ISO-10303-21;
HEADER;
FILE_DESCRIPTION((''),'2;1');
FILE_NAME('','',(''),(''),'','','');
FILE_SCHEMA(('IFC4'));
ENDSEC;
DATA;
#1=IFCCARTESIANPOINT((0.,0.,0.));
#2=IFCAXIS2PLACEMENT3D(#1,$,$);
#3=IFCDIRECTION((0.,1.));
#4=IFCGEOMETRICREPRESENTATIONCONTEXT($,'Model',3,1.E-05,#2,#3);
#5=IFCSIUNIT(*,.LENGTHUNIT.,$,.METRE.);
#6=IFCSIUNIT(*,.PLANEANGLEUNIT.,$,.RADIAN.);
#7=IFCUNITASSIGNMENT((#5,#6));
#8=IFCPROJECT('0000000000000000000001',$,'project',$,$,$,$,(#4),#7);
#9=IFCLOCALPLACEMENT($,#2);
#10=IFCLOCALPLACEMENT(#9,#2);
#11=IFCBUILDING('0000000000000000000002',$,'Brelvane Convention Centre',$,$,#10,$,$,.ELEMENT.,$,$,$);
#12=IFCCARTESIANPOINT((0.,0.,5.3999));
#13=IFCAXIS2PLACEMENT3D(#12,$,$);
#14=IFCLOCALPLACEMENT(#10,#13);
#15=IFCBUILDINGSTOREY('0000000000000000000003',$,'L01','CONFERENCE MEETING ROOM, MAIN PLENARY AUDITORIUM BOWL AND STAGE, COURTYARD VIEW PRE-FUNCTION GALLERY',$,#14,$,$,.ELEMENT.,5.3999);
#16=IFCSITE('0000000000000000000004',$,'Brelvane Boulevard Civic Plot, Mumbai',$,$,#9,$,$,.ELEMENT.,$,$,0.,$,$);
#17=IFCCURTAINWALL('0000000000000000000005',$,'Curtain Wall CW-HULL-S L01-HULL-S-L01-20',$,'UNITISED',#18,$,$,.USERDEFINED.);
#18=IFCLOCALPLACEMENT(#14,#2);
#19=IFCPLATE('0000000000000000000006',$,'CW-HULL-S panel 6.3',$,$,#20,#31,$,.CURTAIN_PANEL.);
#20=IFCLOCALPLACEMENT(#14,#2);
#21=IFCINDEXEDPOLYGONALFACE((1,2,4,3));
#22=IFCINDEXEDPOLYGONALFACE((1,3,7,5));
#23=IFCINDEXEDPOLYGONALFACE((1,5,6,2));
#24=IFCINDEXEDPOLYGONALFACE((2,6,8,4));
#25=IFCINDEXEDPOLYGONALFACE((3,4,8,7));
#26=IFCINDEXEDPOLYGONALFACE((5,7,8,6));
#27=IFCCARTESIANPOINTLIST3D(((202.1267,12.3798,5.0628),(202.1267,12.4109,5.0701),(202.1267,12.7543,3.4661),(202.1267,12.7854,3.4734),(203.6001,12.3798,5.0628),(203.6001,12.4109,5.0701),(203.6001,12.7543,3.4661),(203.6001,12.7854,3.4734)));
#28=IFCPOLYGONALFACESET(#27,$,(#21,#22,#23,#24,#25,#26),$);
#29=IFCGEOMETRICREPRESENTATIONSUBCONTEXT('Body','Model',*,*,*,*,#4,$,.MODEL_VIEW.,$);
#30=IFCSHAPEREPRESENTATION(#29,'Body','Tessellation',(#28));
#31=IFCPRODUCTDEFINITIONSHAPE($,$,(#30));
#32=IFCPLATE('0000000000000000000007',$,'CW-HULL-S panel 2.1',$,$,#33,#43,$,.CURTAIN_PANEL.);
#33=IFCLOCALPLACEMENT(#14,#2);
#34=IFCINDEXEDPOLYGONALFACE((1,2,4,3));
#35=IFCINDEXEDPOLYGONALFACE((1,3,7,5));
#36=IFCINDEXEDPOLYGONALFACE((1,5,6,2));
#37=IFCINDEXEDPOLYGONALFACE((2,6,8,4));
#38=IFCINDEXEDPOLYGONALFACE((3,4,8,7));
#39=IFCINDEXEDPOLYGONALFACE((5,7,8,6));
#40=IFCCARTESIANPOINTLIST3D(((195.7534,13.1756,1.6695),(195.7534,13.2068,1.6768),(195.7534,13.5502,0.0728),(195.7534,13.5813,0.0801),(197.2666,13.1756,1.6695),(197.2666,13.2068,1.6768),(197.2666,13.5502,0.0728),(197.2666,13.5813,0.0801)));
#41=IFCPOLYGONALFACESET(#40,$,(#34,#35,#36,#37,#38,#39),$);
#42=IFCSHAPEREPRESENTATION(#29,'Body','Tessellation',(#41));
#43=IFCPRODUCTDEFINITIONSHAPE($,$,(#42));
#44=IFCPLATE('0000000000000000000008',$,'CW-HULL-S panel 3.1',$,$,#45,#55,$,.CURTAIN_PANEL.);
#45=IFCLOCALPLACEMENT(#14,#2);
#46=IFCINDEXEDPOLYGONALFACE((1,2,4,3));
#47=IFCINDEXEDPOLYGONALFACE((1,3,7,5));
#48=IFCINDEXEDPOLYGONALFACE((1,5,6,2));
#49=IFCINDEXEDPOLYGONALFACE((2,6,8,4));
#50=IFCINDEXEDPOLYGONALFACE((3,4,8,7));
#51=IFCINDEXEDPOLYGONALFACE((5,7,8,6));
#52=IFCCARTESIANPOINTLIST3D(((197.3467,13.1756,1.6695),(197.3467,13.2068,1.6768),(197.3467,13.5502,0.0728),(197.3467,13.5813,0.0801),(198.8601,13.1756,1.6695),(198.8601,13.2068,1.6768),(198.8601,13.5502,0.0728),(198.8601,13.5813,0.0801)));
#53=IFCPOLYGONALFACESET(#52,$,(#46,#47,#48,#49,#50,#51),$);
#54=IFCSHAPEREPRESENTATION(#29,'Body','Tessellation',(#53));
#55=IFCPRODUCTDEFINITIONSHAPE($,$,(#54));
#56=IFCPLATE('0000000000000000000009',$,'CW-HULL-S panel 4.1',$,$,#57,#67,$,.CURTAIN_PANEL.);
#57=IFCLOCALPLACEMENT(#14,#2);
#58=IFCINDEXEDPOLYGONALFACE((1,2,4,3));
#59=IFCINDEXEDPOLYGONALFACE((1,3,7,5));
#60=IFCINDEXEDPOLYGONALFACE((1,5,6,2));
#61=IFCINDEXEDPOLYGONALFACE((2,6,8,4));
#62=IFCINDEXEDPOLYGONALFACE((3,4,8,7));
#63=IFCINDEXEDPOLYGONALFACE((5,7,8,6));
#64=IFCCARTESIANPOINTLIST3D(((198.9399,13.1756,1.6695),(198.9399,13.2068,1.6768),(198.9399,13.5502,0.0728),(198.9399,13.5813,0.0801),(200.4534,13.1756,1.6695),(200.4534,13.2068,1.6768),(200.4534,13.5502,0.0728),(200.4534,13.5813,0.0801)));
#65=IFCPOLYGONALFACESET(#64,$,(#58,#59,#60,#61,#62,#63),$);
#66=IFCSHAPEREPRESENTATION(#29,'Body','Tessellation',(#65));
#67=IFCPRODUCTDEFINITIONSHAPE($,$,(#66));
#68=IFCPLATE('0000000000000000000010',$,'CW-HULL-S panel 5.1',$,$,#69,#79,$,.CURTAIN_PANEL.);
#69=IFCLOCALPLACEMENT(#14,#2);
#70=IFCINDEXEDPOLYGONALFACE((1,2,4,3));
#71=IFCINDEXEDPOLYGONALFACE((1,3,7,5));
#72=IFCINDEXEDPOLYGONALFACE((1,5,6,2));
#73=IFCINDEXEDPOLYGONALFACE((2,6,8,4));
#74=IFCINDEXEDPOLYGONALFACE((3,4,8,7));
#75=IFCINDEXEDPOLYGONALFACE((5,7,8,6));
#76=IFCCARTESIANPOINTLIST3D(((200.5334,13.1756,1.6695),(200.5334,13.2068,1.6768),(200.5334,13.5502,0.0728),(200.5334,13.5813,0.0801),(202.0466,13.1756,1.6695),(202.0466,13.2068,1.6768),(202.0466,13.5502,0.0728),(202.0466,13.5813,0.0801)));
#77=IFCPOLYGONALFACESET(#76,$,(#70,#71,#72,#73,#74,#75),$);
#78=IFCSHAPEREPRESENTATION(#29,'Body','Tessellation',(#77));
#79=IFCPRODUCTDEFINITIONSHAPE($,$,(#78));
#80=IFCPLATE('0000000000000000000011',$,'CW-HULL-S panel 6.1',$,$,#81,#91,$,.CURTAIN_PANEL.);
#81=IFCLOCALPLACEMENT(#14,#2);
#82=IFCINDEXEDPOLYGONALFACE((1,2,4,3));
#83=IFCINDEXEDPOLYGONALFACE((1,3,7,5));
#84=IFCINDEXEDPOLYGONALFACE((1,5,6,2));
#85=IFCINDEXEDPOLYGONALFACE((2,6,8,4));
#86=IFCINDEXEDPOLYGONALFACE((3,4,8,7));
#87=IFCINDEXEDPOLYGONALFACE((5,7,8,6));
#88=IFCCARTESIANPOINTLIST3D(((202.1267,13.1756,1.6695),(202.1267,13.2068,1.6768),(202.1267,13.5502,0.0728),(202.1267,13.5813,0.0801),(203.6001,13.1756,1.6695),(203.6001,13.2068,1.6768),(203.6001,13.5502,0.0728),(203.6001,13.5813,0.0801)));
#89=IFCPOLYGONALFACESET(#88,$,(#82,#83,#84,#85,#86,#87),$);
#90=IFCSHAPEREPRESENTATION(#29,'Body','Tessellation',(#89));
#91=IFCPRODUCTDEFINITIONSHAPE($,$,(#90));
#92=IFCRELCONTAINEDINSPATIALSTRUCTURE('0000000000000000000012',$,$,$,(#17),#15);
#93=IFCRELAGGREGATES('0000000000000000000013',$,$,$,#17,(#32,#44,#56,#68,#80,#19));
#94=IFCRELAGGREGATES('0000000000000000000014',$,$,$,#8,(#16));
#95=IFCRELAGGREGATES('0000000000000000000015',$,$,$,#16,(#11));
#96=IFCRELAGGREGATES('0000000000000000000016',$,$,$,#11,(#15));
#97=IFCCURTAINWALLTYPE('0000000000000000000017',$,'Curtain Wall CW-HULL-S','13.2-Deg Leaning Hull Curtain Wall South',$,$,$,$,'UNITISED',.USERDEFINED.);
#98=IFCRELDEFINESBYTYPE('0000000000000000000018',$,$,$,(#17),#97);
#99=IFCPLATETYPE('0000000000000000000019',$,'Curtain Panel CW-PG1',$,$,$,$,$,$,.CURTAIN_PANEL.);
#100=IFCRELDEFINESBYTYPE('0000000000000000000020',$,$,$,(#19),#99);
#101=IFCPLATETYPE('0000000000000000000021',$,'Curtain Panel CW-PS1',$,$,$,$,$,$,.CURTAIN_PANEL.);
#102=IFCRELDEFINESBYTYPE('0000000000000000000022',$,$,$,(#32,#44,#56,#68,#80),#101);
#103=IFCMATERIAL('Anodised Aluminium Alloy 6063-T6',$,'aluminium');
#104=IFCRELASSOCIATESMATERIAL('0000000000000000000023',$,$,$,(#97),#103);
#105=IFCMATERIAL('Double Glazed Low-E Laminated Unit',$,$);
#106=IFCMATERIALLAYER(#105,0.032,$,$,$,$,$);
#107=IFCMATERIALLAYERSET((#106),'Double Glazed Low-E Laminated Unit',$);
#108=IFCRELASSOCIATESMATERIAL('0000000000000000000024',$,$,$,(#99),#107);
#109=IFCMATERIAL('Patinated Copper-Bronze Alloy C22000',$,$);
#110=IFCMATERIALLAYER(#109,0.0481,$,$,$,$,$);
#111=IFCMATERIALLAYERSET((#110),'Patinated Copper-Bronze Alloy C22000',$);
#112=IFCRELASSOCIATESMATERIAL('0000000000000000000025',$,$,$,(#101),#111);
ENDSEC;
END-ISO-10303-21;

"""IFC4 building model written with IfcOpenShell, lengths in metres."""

from ifc_helpers import new_model, si_unit, direction, frame, origin, place, context, subcontext, project, spatial, polyline, outline, extrude, material, layer, layer_set, type_object, element, aggregate, save


model = new_model("IFC4")

# Units and contexts
model_context = context("Model", 3, precision=1e-05, world=origin(), true_north=direction((0.0, 1.0)))
body_context = subcontext(model_context, "Body", "Model", "MODEL_VIEW")
ifc_project = project(units=[si_unit("LENGTHUNIT", "METRE"), si_unit("PLANEANGLEUNIT", "RADIAN")], contexts=[model_context])

# Site, building, storey
site_placement = place(None, origin())
site = spatial("IfcSite", under=ifc_project, at=site_placement, Name="Brelvane Boulevard Civic Plot, Mumbai", CompositionType="ELEMENT", RefElevation=0.0)
building_placement = place(site_placement, origin())
building = spatial("IfcBuilding", under=site, at=building_placement, Name="Brelvane Convention Centre", CompositionType="ELEMENT")
storey_placement = place(building_placement, frame((0.0, 0.0, 5.3999)))
storey = spatial("IfcBuildingStorey", under=building, at=storey_placement, Name="L01", Description="CONFERENCE MEETING ROOM, MAIN PLENARY AUDITORIUM BOWL AND STAGE, COURTYARD VIEW PRE-FUNCTION GALLERY", CompositionType="ELEMENT", Elevation=5.3999)

# Curtain wall
ifc_material_1 = material(Name="Anodised Aluminium Alloy 6063-T6", Category="aluminium")
curtain_wall_type = type_object("IfcCurtainWallType", Name="Curtain Wall CW-HULL-S", Description="13.2-Deg Leaning Hull Curtain Wall South", ElementType="UNITISED", PredefinedType="USERDEFINED", material=ifc_material_1)
curtain_wall_1_placement = place(storey_placement, origin())
curtain_wall_1 = element("IfcCurtainWall", 1, at=curtain_wall_1_placement, inside=storey, type_object=curtain_wall_type, Name="Curtain Wall CW-HULL-S L01-HULL-S-L01-20", ObjectType="UNITISED", PredefinedType="USERDEFINED")

# Plates
ifc_material_2 = material(Name="Double Glazed Low-E Laminated Unit")
ifc_layer_1 = layer(ifc_material_2, 0.032)
ifc_layer_set_1 = layer_set([ifc_layer_1], Name="Double Glazed Low-E Laminated Unit")
plate_type_1 = type_object("IfcPlateType", Name="Curtain Panel CW-PG1", PredefinedType="CURTAIN_PANEL", material=ifc_layer_set_1)
plate_1_placement = place(storey_placement, frame((202.1267, 12.7854, 3.4734), z_axis=(0.0, 0.973577, 0.228359), x_axis=(1.0, 0.0, 0.0)))
plate_1 = element("IfcPlate", 2, at=plate_1_placement, type_object=plate_type_1, Name="CW-HULL-S panel 6.3", PredefinedType="CURTAIN_PANEL", context=body_context, shape_type="SweptSolid", body=[
    extrude(outline(polyline([(0.0, 0.0), (1.4734, 0.0), (1.4734, -1.64), (0.0, -1.64), (0.0, 0.0)])), origin(), (0.0, 0.0, -1.0), 0.032),
])
ifc_material_3 = material(Name="Patinated Copper-Bronze Alloy C22000")
ifc_layer_2 = layer(ifc_material_3, 0.0481)
ifc_layer_set_2 = layer_set([ifc_layer_2], Name="Patinated Copper-Bronze Alloy C22000")
plate_type_2 = type_object("IfcPlateType", Name="Curtain Panel CW-PS1", PredefinedType="CURTAIN_PANEL", material=ifc_layer_set_2)
plate_2_placement = place(storey_placement, frame((195.7534, 13.5813, 0.0801), z_axis=(0.0, 0.973577, 0.228359), x_axis=(1.0, 0.0, 0.0)))
plate_2 = element("IfcPlate", 3, at=plate_2_placement, type_object=plate_type_2, Name="CW-HULL-S panel 2.1", PredefinedType="CURTAIN_PANEL", context=body_context, shape_type="SweptSolid", body=[
    extrude(outline(polyline([(0.0, 0.0), (1.5132, 0.0), (1.5132, -1.64), (0.0, -1.64), (0.0, 0.0)])), origin(), (0.0, 0.0, -1.0), 0.032),
])
plate_3_placement = place(storey_placement, frame((197.3467, 13.5813, 0.0801), z_axis=(0.0, 0.973577, 0.228359), x_axis=(1.0, 0.0, 0.0)))
plate_3 = element("IfcPlate", 4, at=plate_3_placement, type_object=plate_type_2, Name="CW-HULL-S panel 3.1", PredefinedType="CURTAIN_PANEL", context=body_context, shape_type="SweptSolid", body=[
    extrude(outline(polyline([(0.0, 0.0), (1.5134, 0.0), (1.5134, -1.64), (0.0, -1.64), (0.0, 0.0)])), origin(), (0.0, 0.0, -1.0), 0.032),
])
plate_4_placement = place(storey_placement, frame((198.9399, 13.5813, 0.0801), z_axis=(0.0, 0.973577, 0.228359), x_axis=(1.0, 0.0, 0.0)))
plate_4 = element("IfcPlate", 5, at=plate_4_placement, type_object=plate_type_2, Name="CW-HULL-S panel 4.1", PredefinedType="CURTAIN_PANEL", context=body_context, shape_type="SweptSolid", body=[
    extrude(outline(polyline([(0.0, 0.0), (1.5134, 0.0), (1.5134, -1.64), (0.0, -1.64), (0.0, 0.0)])), origin(), (0.0, 0.0, -1.0), 0.032),
])
plate_5_placement = place(storey_placement, frame((200.5334, 13.5813, 0.0801), z_axis=(0.0, 0.973577, 0.228359), x_axis=(1.0, 0.0, 0.0)))
plate_5 = element("IfcPlate", 6, at=plate_5_placement, type_object=plate_type_2, Name="CW-HULL-S panel 5.1", PredefinedType="CURTAIN_PANEL", context=body_context, shape_type="SweptSolid", body=[
    extrude(outline(polyline([(0.0, 0.0), (1.5132, 0.0), (1.5132, -1.64), (0.0, -1.64), (0.0, 0.0)])), origin(), (0.0, 0.0, -1.0), 0.032),
])
plate_6_placement = place(storey_placement, frame((202.1267, 13.5813, 0.0801), z_axis=(0.0, 0.973577, 0.228359), x_axis=(1.0, 0.0, 0.0)))
plate_6 = element("IfcPlate", 7, at=plate_6_placement, type_object=plate_type_2, Name="CW-HULL-S panel 6.1", PredefinedType="CURTAIN_PANEL", context=body_context, shape_type="SweptSolid", body=[
    extrude(outline(polyline([(0.0, 0.0), (1.4734, 0.0), (1.4734, -1.64), (0.0, -1.64), (0.0, 0.0)])), origin(), (0.0, 0.0, -1.0), 0.032),
])
aggregate(curtain_wall_1, [plate_2, plate_3, plate_4, plate_5, plate_6, plate_1])

save(model, "model.ifc")
